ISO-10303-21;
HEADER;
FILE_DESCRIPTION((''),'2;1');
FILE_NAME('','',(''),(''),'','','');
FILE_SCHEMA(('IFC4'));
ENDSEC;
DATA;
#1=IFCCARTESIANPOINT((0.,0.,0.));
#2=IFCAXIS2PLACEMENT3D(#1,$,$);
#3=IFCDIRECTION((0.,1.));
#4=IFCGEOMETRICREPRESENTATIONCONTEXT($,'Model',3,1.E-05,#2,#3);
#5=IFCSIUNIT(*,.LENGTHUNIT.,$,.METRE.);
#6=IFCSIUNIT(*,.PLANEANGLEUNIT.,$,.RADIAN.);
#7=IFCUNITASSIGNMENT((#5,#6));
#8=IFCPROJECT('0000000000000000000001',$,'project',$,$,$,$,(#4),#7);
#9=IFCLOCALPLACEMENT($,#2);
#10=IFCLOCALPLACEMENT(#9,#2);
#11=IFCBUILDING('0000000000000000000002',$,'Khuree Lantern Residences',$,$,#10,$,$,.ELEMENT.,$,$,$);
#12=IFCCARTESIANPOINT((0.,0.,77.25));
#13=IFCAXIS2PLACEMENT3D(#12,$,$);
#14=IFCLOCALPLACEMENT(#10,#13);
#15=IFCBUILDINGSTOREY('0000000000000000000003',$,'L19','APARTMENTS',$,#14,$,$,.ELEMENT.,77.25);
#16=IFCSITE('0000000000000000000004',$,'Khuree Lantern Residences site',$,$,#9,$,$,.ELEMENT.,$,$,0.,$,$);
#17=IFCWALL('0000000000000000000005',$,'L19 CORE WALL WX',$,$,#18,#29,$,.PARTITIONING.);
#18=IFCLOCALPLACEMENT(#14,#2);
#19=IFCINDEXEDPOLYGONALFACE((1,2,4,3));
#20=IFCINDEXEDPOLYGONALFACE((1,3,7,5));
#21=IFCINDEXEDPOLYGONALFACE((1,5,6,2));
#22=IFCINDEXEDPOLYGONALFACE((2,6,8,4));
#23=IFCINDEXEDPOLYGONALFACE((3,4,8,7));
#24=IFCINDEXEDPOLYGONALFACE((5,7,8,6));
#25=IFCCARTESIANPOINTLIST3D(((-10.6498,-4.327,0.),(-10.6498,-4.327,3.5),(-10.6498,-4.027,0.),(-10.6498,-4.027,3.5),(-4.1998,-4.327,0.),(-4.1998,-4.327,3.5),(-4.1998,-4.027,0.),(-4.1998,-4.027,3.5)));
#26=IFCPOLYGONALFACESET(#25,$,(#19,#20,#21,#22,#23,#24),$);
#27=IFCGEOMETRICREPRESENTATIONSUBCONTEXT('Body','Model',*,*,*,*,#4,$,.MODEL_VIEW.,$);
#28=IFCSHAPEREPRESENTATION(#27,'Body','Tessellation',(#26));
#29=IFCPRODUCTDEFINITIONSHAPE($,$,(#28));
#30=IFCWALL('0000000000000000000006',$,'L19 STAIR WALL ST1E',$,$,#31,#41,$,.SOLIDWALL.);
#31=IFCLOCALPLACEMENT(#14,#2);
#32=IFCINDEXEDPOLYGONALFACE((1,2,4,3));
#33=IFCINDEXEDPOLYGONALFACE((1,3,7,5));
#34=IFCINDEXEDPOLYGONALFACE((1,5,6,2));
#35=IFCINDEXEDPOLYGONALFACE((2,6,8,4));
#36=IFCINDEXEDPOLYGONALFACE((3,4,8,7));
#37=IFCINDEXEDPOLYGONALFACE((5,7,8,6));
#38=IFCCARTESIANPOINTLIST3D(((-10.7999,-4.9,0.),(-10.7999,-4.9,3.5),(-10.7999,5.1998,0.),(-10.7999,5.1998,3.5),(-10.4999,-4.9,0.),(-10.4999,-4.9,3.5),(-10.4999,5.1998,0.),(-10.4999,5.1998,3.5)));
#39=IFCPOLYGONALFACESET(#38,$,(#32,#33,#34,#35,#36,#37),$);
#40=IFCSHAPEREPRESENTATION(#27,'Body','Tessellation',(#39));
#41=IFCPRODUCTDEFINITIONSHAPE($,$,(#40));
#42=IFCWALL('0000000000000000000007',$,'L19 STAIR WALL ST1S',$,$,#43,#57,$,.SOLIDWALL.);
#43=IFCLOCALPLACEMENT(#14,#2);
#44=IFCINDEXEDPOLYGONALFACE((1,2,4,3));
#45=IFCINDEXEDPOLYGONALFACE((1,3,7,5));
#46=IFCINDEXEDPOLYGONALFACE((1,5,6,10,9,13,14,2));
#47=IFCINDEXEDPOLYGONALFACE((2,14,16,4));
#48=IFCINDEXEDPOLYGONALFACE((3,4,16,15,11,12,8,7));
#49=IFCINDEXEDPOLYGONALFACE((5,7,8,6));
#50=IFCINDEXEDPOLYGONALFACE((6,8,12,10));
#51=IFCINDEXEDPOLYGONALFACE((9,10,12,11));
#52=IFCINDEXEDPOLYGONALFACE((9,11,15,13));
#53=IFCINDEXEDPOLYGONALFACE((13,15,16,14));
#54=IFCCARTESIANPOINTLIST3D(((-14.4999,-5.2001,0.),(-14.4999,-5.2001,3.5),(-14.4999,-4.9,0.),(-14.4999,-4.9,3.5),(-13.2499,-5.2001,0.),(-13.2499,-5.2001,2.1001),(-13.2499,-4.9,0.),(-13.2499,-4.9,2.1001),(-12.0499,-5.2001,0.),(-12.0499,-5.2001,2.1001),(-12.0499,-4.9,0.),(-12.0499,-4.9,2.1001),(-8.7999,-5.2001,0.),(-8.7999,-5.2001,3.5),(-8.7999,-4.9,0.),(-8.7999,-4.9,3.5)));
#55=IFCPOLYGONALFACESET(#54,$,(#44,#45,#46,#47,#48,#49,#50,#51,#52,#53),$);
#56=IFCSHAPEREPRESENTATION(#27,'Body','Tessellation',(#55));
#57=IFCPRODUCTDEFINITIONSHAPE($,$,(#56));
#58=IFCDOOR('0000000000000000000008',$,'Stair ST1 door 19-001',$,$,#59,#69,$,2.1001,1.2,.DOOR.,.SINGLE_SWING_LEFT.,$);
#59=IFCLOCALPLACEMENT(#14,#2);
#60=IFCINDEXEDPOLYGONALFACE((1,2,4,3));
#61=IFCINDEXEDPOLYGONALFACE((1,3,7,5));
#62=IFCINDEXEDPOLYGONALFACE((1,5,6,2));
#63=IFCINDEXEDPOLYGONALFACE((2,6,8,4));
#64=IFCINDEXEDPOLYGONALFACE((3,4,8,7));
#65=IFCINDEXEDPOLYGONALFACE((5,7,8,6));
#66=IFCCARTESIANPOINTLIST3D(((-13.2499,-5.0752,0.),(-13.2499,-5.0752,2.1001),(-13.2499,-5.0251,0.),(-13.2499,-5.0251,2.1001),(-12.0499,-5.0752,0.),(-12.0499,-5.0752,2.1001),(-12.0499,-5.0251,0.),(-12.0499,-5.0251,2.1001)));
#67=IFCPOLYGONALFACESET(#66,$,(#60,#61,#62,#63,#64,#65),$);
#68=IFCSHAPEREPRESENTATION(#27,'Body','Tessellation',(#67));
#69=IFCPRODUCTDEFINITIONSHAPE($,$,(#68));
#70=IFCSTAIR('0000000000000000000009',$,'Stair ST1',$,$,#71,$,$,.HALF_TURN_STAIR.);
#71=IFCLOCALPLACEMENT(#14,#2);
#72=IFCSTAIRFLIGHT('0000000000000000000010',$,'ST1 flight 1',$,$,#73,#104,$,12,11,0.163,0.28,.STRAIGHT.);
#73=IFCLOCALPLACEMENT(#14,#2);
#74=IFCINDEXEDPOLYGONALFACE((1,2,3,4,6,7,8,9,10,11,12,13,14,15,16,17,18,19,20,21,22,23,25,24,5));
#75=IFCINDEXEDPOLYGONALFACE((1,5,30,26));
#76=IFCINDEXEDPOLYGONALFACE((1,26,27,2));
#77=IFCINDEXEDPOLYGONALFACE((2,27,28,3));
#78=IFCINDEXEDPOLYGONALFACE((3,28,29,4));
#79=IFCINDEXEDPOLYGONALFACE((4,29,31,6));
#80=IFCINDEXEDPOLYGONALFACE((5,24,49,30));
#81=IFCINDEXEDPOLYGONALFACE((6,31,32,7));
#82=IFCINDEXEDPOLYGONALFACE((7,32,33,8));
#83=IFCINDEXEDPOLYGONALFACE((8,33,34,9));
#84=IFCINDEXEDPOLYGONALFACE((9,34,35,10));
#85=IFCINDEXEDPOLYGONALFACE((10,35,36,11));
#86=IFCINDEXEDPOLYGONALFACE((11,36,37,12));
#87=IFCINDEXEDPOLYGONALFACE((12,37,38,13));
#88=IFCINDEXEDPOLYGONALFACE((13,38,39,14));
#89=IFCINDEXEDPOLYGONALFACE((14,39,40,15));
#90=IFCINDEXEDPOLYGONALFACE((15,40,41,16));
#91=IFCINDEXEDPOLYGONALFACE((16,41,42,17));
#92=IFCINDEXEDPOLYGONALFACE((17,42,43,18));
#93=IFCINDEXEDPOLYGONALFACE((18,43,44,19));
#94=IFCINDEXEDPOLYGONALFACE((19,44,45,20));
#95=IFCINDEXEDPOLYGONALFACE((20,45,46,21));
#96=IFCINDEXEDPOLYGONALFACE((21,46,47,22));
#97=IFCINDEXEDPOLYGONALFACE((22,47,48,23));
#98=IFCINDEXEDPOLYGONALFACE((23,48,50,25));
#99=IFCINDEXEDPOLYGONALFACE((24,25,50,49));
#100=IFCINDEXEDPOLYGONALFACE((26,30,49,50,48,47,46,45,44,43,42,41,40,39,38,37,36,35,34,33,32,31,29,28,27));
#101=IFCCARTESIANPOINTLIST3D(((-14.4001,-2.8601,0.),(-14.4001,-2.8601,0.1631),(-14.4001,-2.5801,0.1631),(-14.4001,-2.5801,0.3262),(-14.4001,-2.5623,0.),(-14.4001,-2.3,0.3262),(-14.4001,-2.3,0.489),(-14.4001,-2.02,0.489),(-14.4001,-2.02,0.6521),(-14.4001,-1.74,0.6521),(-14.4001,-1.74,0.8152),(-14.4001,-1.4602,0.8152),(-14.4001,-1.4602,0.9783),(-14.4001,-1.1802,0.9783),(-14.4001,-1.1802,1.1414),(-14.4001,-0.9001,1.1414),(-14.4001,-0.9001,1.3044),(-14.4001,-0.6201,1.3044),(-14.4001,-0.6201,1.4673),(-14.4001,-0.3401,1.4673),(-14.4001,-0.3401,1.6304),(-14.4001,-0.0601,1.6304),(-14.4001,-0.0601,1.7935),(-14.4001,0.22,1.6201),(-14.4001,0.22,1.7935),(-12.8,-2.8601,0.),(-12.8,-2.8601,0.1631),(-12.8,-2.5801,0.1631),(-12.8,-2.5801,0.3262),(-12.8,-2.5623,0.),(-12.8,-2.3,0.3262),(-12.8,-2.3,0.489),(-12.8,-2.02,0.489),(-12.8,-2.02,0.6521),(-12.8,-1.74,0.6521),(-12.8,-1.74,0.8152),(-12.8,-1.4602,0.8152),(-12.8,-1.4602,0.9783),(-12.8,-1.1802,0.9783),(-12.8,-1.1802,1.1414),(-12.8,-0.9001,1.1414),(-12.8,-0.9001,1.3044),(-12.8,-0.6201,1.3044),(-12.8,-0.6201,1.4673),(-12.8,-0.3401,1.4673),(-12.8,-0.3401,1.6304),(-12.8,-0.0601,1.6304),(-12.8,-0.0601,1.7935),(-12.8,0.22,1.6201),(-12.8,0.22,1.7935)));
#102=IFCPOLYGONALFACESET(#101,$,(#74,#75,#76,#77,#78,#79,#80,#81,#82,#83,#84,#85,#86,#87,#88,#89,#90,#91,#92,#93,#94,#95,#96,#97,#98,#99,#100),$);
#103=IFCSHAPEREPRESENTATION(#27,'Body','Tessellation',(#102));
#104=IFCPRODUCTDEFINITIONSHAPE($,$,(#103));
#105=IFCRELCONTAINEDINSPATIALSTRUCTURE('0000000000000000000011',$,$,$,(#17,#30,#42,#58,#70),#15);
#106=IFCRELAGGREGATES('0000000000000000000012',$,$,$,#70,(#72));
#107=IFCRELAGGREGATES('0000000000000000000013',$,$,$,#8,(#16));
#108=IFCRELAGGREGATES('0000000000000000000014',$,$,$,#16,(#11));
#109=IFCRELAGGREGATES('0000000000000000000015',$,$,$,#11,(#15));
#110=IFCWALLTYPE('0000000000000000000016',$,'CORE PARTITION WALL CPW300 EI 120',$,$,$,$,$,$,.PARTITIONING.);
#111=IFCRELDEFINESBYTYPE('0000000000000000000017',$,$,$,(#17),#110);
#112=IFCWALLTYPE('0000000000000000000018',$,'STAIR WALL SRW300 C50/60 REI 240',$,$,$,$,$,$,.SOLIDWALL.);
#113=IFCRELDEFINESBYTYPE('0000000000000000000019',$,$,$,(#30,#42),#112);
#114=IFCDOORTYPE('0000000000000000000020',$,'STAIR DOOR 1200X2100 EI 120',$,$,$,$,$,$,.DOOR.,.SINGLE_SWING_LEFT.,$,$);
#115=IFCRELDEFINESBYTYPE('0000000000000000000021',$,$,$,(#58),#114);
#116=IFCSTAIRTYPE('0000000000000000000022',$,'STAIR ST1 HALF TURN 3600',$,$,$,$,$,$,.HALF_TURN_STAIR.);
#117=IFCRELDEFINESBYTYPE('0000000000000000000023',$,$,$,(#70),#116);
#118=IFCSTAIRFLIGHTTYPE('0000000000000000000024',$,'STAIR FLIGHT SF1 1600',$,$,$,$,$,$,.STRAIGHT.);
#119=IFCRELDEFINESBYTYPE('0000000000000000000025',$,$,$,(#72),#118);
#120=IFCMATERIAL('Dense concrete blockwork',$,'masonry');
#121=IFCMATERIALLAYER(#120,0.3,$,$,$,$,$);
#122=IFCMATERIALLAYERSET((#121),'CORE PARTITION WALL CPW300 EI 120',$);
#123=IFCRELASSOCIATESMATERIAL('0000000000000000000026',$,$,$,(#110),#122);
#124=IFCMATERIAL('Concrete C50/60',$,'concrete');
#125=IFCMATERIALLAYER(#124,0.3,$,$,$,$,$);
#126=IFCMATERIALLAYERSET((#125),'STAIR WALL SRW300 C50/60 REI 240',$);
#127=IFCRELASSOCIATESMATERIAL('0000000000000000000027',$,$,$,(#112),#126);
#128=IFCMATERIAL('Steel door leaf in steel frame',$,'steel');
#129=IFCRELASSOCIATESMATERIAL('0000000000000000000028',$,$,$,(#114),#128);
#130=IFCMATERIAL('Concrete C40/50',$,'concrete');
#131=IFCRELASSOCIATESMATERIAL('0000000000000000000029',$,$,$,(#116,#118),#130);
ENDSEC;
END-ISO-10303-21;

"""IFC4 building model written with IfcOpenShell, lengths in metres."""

from ifc_helpers import new_model, si_unit, direction, frame, frame_2d, origin, place, context, subcontext, project, spatial, polyline, rectangle, outline, extrude, material, layer, layer_set, type_object, element, fill, aggregate, save


model = new_model("IFC4")

# Units and contexts
model_context = context("Model", 3, precision=1e-05, world=origin(), true_north=direction((0.0, 1.0)))
body_context = subcontext(model_context, "Body", "Model", "MODEL_VIEW")
ifc_project = project(units=[si_unit("LENGTHUNIT", "METRE"), si_unit("PLANEANGLEUNIT", "RADIAN")], contexts=[model_context])

# Site, building, storey
site_placement = place(None, origin())
site = spatial("IfcSite", under=ifc_project, at=site_placement, Name="Khuree Lantern Residences site", CompositionType="ELEMENT", RefElevation=0.0)
building_placement = place(site_placement, origin())
building = spatial("IfcBuilding", under=site, at=building_placement, Name="Khuree Lantern Residences", CompositionType="ELEMENT")
storey_placement = place(building_placement, frame((0.0, 0.0, 77.25)))
storey = spatial("IfcBuildingStorey", under=building, at=storey_placement, Name="L19", Description="APARTMENTS", CompositionType="ELEMENT", Elevation=77.25)

# Shared definitions
ifc_material_1 = material(Name="Dense concrete blockwork", Category="masonry")
ifc_layer_1 = layer(ifc_material_1, 0.3)
ifc_layer_set_1 = layer_set([ifc_layer_1], Name="CORE PARTITION WALL CPW300 EI 120")
wall_type_1 = type_object("IfcWallType", Name="CORE PARTITION WALL CPW300 EI 120", PredefinedType="PARTITIONING", material=ifc_layer_set_1)
ifc_material_2 = material(Name="Steel door leaf in steel frame", Category="steel")

# Walls
wall_1_placement = place(storey_placement, frame((-10.6499, -4.177, 0.0), z_axis=(0.0, 0.0, 1.0), x_axis=(1.0, 0.0, 0.0)))
element("IfcWall", 1, at=wall_1_placement, inside=storey, type_object=wall_type_1, Name="L19 CORE WALL WX", PredefinedType="PARTITIONING", context=body_context, shape_type="SweptSolid", body=[
    extrude(rectangle(XDim=6.45, YDim=0.3, at=frame_2d((3.2251, 0.0))), origin(), (0.0, 0.0, 1.0), 3.5),
])
ifc_material_3 = material(Name="Concrete C50/60", Category="concrete")
ifc_layer_2 = layer(ifc_material_3, 0.3)
ifc_layer_set_2 = layer_set([ifc_layer_2], Name="STAIR WALL SRW300 C50/60 REI 240")
wall_type_2 = type_object("IfcWallType", Name="STAIR WALL SRW300 C50/60 REI 240", PredefinedType="SOLIDWALL", material=ifc_layer_set_2)
wall_2_placement = place(storey_placement, frame((-10.6499, -4.8999, 0.0), z_axis=(0.0, 0.0, 1.0), x_axis=(0.0, 1.0, 0.0)))
element("IfcWall", 2, at=wall_2_placement, inside=storey, type_object=wall_type_2, Name="L19 STAIR WALL ST1E", PredefinedType="SOLIDWALL", context=body_context, shape_type="SweptSolid", body=[
    extrude(rectangle(XDim=10.0999, YDim=0.3, at=frame_2d((5.0498, 0.0))), origin(), (0.0, 0.0, 1.0), 3.5),
])

# Wall, opening, door
wall_3_placement = place(storey_placement, frame((-14.5, -5.05, 0.0), z_axis=(0.0, 0.0, 1.0), x_axis=(1.0, 0.0, 0.0)))
wall_3 = element("IfcWall", 3, at=wall_3_placement, inside=storey, type_object=wall_type_2, Name="L19 STAIR WALL ST1S", PredefinedType="SOLIDWALL", context=body_context, shape_type="SweptSolid", body=[
    extrude(rectangle(XDim=5.7, YDim=0.3, at=frame_2d((2.8501, 0.0))), origin(), (0.0, 0.0, 1.0), 3.5),
])
opening_1_placement = place(wall_3_placement, frame((1.25, 0.0, 0.0)))
opening_1 = element("IfcOpeningElement", 4, at=opening_1_placement, cuts=wall_3, PredefinedType="OPENING", context=body_context, shape_type="SweptSolid", body=[
    extrude(rectangle(XDim=1.2, YDim=2.1001, at=frame_2d((0.6001, 1.05))), frame((0.0, 0.1602, 0.0), z_axis=(0.0, -1.0, 0.0), x_axis=(1.0, 0.0, 0.0)), (0.0, 0.0, 1.0), 0.3201),
])
door_type_1 = type_object("IfcDoorType", Name="STAIR DOOR 1200X2100 EI 120", OperationType="SINGLE_SWING_LEFT", PredefinedType="DOOR", material=ifc_material_2)
door_1_placement = place(opening_1_placement, origin())
door_1 = element("IfcDoor", 5, at=door_1_placement, inside=storey, type_object=door_type_1, Name="Stair ST1 door 19-001", OperationType="SINGLE_SWING_LEFT", OverallHeight=2.1001, OverallWidth=1.2, PredefinedType="DOOR", context=body_context, shape_type="SweptSolid", body=[
    extrude(rectangle(XDim=1.2, YDim=2.1001, at=frame_2d((0.6001, 1.05))), frame((0.0, 0.0249, 0.0), z_axis=(0.0, -1.0, 0.0), x_axis=(1.0, 0.0, 0.0)), (0.0, 0.0, 1.0), 0.05),
])
fill(opening_1, door_1)

# Stair, stair flight
ifc_material_4 = material(Name="Concrete C40/50", Category="concrete")
stair_type = type_object("IfcStairType", Name="STAIR ST1 HALF TURN 3600", PredefinedType="HALF_TURN_STAIR", material=ifc_material_4)
stair_placement = place(storey_placement, origin())
stair = element("IfcStair", 6, at=stair_placement, inside=storey, type_object=stair_type, Name="Stair ST1", PredefinedType="HALF_TURN_STAIR")
stair_flight_type = type_object("IfcStairFlightType", Name="STAIR FLIGHT SF1 1600", PredefinedType="STRAIGHT", material=ifc_material_4)
stair_flight_placement = place(storey_placement, frame((-13.6001, -2.8601, 0.0), z_axis=(0.0, 0.0, 1.0), x_axis=(0.0, 1.0, 0.0)))
stair_flight = element("IfcStairFlight", 7, at=stair_flight_placement, type_object=stair_flight_type, Name="ST1 flight 1", NumberOfRisers=12, NumberOfTreads=11, PredefinedType="STRAIGHT", RiserHeight=0.163, TreadLength=0.28, context=body_context, shape_type="SweptSolid", body=[
    extrude(outline(polyline([(0.0, 0.0), (0.0, 0.1631), (0.28, 0.1631), (0.28, 0.3262), (0.5601, 0.3262), (0.5601, 0.489), (0.8401, 0.489), (0.8401, 0.6521), (1.1201, 0.6521), (1.1201, 0.8152), (1.3999, 0.8152), (1.3999, 0.9783), (1.6799, 0.9783), (1.6799, 1.1414), (1.96, 1.1414), (1.96, 1.3044), (2.24, 1.3044), (2.24, 1.4673), (2.52, 1.4673), (2.52, 1.6304), (2.8, 1.6304), (2.8, 1.7935), (3.0801, 1.7935), (3.0801, 1.9565), (3.0801, 1.6201), (0.2979, 0.0), (0.0, 0.0)])), frame((0.0, 0.8, 0.0), z_axis=(0.0, -1.0, 0.0), x_axis=(1.0, 0.0, 0.0)), (0.0, 0.0, 1.0), 1.6001),
])
aggregate(stair, [stair_flight])

save(model, "model.ifc")
